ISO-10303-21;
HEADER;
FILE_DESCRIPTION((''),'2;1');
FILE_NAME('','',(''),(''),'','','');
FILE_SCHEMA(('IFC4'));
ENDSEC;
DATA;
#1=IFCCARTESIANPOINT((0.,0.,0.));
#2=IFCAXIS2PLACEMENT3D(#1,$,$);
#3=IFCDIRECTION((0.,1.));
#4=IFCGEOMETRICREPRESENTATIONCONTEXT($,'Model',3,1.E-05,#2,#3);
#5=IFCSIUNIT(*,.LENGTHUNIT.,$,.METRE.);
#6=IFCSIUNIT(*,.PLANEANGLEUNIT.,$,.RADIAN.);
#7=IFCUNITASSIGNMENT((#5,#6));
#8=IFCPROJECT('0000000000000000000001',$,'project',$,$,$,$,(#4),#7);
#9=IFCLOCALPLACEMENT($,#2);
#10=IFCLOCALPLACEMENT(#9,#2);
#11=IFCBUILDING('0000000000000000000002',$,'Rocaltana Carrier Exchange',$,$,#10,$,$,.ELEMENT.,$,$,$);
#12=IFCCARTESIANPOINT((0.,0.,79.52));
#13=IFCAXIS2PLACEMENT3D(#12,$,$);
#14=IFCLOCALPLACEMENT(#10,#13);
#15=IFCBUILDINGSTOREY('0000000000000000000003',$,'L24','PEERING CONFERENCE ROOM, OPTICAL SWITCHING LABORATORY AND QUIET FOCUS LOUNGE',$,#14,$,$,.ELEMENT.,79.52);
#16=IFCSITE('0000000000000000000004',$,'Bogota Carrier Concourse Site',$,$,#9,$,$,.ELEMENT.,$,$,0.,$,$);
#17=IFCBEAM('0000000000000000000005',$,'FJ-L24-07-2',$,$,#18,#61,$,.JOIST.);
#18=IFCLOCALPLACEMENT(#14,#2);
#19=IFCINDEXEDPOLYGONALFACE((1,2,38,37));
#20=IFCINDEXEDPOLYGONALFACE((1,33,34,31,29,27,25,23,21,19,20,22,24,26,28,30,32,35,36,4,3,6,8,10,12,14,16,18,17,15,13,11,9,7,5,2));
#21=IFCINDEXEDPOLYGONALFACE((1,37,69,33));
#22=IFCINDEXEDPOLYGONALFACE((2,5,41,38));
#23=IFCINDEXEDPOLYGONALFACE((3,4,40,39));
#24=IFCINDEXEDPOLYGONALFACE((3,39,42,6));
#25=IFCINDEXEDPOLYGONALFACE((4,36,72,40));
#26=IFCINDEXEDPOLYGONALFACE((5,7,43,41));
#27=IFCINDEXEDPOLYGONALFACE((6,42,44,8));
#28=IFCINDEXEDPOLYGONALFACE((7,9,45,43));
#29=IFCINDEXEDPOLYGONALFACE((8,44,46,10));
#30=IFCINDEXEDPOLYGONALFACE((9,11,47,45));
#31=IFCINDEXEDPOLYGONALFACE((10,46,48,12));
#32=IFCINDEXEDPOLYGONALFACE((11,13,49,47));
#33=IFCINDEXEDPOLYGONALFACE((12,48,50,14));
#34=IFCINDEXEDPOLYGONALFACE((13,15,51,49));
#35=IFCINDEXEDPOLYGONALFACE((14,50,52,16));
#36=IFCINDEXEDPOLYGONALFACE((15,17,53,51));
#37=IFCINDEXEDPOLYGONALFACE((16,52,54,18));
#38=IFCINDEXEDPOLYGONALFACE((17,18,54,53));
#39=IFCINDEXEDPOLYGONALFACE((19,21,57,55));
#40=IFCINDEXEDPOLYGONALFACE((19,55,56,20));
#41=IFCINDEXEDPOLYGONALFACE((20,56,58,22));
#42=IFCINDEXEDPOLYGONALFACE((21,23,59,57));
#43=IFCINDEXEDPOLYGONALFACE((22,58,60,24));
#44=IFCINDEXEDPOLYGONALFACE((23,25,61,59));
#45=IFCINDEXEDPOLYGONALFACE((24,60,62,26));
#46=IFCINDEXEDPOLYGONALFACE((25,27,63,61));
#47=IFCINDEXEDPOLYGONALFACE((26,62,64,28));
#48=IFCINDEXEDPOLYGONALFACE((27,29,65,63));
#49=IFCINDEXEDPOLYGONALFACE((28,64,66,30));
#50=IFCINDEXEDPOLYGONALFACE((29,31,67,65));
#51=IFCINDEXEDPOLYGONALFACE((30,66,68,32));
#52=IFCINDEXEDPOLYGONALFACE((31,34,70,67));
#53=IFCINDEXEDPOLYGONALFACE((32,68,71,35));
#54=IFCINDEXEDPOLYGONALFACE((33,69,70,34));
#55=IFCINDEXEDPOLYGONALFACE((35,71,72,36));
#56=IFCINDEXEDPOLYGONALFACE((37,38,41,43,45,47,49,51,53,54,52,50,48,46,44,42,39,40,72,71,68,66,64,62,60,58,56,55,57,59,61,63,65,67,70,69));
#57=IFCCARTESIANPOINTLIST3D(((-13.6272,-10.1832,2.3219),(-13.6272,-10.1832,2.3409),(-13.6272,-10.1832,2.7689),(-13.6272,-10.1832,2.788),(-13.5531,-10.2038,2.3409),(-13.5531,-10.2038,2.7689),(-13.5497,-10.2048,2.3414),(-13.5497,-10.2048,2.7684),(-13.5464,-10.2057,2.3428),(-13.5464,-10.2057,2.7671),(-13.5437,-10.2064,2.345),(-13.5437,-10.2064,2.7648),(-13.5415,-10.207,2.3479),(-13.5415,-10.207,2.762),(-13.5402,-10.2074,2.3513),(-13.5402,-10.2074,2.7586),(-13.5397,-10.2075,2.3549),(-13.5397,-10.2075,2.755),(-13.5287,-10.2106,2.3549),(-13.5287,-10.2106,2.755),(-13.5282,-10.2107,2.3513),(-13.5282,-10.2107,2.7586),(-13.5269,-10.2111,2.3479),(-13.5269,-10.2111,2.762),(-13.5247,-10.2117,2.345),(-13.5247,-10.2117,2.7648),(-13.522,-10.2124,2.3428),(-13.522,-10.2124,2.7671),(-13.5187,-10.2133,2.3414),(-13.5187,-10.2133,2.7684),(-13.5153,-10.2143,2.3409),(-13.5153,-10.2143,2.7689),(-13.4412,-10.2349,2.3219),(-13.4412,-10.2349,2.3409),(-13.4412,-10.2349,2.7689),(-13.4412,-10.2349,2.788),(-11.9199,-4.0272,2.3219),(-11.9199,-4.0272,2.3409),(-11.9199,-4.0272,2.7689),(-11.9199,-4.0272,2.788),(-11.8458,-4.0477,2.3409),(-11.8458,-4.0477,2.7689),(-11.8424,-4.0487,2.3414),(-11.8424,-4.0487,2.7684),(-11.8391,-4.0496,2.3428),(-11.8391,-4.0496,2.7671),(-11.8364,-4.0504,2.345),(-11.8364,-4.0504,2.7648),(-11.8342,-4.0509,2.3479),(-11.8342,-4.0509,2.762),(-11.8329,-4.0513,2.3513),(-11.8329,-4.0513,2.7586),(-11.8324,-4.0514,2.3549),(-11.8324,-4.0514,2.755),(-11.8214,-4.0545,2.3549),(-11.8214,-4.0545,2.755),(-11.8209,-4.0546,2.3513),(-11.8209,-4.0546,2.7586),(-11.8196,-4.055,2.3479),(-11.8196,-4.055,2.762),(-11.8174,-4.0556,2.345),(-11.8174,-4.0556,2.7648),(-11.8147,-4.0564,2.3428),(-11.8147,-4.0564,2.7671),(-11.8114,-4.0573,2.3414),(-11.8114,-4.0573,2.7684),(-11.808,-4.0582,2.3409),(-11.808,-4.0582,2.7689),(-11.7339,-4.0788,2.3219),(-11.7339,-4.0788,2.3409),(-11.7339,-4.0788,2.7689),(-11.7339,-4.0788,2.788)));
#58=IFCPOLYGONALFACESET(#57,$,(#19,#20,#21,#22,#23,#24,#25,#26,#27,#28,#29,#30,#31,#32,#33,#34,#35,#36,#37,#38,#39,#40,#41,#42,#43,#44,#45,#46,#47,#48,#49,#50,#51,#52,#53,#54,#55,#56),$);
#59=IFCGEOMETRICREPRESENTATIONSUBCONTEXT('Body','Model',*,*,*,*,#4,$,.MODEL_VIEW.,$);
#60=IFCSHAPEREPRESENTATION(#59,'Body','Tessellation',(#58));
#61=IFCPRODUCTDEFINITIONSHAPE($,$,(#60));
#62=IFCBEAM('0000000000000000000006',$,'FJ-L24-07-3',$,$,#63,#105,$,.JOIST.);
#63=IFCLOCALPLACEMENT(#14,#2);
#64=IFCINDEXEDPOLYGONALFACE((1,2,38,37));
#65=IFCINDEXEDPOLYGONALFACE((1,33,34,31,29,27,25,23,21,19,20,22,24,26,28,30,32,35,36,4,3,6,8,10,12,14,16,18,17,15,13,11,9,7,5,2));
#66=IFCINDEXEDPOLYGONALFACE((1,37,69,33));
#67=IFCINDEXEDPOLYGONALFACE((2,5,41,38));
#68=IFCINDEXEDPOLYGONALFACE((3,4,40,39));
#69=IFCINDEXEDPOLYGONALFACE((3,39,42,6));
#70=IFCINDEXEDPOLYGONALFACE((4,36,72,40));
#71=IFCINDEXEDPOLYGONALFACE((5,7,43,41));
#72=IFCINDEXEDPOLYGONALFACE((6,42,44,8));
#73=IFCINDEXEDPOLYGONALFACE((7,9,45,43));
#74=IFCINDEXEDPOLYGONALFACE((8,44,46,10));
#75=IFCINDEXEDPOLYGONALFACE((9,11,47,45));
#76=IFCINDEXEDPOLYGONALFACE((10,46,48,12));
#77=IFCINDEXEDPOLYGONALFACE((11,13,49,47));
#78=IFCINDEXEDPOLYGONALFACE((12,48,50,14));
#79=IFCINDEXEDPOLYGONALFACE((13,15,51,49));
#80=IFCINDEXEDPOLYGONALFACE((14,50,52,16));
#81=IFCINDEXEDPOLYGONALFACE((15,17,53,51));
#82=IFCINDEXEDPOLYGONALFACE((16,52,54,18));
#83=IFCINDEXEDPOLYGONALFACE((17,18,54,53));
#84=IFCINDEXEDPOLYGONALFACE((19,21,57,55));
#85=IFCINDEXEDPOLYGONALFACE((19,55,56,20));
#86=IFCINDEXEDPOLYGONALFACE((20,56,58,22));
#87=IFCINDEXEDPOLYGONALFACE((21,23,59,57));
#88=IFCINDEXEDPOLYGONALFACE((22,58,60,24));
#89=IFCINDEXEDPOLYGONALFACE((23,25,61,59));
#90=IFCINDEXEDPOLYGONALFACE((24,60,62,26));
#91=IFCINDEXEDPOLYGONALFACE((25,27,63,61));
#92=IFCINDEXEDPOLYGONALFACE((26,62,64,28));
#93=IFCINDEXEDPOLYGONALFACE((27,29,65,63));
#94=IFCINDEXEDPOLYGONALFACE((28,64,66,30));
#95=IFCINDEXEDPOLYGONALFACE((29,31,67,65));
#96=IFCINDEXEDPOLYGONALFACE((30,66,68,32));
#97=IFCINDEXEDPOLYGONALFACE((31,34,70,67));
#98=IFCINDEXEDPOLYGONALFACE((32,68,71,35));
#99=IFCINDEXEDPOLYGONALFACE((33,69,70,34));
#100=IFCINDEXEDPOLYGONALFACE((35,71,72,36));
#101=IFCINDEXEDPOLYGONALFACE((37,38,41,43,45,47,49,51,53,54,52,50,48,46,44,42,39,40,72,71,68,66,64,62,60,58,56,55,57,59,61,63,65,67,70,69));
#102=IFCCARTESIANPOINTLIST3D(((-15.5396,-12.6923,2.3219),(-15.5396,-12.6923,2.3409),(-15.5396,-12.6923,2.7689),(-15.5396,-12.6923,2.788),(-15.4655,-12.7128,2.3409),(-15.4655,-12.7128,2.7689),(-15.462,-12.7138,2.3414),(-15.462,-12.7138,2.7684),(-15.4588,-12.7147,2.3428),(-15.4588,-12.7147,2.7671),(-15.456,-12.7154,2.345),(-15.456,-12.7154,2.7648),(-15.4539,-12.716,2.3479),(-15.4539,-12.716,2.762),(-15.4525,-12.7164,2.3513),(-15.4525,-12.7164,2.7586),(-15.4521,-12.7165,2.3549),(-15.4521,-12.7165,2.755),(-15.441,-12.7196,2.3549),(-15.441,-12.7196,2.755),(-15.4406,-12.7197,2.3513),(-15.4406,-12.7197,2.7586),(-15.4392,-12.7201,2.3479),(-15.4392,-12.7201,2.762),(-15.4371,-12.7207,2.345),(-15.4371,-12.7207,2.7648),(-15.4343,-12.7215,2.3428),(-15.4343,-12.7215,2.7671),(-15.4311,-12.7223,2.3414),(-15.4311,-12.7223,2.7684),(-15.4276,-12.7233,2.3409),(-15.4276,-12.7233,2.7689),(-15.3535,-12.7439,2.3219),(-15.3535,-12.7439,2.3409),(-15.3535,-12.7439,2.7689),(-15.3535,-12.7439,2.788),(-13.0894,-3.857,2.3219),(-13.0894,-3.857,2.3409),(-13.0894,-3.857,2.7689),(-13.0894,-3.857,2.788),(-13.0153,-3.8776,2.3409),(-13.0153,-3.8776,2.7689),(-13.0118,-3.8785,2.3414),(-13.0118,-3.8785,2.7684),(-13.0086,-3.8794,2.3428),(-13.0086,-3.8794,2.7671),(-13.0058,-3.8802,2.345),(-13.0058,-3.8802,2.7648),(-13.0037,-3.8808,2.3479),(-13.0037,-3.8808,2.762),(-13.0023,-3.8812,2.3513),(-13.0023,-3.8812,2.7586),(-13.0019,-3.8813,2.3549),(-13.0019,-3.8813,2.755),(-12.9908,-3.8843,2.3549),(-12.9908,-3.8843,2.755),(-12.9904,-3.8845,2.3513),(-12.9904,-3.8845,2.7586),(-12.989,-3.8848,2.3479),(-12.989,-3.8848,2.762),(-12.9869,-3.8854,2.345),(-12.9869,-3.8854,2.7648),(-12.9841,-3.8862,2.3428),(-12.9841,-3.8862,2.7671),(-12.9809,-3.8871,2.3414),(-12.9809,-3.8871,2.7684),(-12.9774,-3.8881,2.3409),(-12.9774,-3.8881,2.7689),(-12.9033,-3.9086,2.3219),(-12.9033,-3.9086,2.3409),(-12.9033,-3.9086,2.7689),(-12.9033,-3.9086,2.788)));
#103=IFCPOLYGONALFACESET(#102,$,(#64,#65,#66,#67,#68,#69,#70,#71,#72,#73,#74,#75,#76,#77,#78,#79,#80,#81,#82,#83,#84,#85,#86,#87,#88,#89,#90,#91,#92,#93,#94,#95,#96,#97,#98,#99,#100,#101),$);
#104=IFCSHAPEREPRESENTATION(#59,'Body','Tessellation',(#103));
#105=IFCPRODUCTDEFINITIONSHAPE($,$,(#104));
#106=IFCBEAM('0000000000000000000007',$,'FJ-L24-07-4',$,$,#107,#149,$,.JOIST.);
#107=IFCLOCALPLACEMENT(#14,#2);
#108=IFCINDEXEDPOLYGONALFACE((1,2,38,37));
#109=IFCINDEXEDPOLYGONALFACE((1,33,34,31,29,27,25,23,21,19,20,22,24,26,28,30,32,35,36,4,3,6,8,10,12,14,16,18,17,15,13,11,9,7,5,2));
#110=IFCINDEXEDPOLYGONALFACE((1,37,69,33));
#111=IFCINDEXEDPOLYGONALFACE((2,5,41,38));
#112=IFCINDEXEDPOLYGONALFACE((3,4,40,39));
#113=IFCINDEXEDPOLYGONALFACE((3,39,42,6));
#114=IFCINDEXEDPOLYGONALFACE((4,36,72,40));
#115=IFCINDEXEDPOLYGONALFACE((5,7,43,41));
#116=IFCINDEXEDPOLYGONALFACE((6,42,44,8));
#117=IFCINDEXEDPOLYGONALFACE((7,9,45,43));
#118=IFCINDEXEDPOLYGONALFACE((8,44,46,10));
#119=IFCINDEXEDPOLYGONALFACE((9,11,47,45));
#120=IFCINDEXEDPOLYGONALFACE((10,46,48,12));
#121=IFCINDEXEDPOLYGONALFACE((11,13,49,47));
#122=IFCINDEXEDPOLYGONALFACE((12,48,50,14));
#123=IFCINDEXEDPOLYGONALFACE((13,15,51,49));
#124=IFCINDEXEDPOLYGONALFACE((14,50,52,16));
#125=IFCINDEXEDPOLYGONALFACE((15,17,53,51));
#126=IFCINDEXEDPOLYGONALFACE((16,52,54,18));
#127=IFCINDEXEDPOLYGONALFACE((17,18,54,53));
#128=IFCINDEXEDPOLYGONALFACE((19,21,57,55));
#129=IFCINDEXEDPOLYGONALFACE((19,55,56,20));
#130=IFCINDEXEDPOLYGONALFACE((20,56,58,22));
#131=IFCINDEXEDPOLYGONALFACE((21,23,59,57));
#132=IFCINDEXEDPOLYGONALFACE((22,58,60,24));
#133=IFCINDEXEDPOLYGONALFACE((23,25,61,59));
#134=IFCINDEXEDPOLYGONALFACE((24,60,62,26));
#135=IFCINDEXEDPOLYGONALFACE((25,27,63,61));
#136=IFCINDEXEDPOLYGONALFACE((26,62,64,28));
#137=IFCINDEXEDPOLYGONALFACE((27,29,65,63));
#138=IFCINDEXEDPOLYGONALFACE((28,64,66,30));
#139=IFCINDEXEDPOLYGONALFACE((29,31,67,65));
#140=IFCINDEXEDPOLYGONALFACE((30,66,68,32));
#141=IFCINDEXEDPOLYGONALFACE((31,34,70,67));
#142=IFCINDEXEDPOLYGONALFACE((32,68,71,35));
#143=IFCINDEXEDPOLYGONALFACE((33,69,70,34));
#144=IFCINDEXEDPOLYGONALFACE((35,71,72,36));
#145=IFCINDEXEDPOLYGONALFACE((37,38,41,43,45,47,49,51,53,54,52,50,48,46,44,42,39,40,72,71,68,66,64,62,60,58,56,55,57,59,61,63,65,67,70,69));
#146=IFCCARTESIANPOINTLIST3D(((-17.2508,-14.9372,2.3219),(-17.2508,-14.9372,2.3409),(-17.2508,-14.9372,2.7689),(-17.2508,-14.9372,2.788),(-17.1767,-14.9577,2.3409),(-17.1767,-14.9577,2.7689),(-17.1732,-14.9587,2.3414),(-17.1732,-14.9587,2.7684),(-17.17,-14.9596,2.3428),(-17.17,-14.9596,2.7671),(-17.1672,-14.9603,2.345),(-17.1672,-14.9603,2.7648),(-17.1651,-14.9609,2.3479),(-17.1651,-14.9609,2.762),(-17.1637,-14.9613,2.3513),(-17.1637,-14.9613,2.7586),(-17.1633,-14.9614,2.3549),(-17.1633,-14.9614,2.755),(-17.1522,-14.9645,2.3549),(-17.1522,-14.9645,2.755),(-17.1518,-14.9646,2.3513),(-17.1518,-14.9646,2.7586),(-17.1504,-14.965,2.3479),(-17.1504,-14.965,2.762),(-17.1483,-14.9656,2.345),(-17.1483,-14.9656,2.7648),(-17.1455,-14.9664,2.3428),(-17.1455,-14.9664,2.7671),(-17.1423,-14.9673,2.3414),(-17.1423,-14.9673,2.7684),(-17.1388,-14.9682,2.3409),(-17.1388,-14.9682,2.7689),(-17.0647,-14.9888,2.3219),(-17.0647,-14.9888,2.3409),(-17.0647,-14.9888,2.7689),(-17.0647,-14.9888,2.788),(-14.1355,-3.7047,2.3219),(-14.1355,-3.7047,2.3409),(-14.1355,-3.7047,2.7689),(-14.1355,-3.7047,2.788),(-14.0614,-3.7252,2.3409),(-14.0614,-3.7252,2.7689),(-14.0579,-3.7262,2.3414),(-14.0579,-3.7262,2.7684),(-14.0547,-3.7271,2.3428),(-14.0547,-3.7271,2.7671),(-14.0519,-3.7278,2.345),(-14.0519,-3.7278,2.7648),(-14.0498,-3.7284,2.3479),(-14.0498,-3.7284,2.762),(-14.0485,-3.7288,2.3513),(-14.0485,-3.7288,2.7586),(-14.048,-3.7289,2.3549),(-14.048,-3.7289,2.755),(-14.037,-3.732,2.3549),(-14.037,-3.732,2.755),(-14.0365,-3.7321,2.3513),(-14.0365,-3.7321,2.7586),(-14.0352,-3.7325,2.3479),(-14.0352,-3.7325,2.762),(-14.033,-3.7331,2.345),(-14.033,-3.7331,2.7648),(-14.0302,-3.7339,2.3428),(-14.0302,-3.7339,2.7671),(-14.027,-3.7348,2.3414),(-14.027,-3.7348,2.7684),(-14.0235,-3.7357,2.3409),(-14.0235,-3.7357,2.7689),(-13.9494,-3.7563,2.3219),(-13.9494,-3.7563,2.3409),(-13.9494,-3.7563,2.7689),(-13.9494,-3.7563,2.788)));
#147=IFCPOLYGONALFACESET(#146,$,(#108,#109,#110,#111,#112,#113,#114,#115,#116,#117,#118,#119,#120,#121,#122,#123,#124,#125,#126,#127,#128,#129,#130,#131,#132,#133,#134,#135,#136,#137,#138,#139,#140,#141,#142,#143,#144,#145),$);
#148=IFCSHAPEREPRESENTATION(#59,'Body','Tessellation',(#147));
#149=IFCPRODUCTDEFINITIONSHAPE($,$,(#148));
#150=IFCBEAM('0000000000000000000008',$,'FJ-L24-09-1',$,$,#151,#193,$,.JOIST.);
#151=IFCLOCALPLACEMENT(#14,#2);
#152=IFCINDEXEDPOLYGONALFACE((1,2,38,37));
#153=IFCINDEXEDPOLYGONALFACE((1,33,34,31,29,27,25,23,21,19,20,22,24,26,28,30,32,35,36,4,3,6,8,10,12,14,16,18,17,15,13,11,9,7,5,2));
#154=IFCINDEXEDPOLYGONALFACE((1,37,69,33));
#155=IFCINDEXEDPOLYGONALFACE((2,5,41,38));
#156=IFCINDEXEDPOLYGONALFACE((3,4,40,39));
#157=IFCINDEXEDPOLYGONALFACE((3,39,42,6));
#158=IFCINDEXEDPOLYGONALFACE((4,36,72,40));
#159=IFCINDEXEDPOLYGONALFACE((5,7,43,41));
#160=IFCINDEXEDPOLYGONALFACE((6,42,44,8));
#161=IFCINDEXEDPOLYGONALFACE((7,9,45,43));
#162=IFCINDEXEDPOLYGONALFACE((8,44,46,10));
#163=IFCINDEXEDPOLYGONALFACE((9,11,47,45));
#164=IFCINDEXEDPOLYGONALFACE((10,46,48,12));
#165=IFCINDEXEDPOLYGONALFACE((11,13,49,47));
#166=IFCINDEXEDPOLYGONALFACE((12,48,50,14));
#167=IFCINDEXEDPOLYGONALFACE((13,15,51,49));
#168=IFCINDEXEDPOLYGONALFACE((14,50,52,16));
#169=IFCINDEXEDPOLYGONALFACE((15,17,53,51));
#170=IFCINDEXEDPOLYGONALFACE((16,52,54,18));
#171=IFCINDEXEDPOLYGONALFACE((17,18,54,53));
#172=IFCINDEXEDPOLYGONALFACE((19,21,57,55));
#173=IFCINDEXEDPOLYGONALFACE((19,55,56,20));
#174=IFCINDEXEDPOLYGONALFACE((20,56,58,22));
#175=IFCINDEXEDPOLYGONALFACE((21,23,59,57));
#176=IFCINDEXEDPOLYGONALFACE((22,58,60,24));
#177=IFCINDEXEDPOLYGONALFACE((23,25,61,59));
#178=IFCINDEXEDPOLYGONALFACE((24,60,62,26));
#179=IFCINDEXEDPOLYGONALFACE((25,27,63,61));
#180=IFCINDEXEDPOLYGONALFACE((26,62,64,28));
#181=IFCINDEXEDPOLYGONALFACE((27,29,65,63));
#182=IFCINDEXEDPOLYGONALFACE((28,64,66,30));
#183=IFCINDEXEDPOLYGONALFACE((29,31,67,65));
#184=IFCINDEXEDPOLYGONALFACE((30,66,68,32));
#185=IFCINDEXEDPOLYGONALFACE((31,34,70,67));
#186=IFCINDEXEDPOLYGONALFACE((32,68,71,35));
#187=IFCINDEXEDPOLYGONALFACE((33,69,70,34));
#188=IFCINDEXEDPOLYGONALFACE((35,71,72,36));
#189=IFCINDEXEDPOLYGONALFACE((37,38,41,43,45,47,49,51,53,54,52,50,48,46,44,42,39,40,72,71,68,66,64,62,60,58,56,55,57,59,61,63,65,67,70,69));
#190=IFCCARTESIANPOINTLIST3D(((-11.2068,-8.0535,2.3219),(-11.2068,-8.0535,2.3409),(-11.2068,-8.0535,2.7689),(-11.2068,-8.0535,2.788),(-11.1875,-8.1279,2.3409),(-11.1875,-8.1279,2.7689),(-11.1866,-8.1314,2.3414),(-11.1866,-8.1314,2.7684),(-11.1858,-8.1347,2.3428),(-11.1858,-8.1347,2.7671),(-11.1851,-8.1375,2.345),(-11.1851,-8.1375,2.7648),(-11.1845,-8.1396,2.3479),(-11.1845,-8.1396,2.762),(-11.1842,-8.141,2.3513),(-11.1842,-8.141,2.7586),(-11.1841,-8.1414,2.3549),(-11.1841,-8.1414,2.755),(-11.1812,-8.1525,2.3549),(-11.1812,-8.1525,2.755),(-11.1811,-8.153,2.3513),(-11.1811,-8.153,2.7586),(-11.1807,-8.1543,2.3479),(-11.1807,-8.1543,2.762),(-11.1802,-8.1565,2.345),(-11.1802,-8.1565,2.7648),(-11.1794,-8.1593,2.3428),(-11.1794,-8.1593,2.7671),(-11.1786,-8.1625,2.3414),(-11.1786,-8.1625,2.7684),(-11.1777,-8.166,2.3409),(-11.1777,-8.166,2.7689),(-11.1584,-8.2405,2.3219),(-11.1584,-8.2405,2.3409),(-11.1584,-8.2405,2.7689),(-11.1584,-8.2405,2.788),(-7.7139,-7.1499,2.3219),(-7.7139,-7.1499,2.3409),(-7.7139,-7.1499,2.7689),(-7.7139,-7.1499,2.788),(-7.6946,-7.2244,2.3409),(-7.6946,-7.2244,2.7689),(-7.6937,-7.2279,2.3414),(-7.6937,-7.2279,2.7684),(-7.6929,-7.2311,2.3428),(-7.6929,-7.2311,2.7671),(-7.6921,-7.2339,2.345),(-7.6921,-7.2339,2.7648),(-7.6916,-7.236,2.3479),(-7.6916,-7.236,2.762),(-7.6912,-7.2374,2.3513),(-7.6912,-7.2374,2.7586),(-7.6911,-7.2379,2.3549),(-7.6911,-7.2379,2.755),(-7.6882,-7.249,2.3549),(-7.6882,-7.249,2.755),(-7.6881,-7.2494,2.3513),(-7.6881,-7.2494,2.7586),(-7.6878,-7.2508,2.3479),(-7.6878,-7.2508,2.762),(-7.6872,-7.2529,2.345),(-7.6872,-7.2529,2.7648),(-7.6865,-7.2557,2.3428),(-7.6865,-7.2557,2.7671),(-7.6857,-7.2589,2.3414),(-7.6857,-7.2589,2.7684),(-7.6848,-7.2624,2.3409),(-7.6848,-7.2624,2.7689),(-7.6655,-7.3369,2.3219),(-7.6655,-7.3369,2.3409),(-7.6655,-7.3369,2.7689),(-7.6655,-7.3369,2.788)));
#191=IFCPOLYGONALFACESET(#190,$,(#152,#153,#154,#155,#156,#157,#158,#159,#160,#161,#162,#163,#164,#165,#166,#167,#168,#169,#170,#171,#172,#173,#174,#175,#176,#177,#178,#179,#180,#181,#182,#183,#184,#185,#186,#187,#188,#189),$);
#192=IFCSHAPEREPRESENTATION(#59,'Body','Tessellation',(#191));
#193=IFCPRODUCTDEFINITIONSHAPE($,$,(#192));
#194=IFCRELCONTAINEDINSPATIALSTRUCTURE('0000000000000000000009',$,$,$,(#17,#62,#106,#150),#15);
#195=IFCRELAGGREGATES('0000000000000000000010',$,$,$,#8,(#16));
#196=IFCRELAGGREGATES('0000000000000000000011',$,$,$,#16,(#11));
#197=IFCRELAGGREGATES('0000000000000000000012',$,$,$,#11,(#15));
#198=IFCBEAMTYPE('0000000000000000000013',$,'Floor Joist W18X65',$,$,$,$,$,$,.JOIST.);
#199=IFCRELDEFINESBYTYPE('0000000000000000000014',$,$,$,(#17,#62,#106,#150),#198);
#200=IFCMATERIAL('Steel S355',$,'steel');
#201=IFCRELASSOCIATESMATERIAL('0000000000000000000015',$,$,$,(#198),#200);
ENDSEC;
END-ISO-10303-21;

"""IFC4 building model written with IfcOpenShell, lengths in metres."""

from ifc_helpers import new_model, si_unit, direction, frame, origin, origin_2d, place, context, subcontext, project, spatial, i_section, extrude, material, material_profile, profile_set, type_object, element, save


model = new_model("IFC4")

# Units and contexts
model_context = context("Model", 3, precision=1e-05, world=origin(), true_north=direction((0.0, 1.0)))
body_context = subcontext(model_context, "Body", "Model", "MODEL_VIEW")
ifc_project = project(units=[si_unit("LENGTHUNIT", "METRE"), si_unit("PLANEANGLEUNIT", "RADIAN")], contexts=[model_context])

# Site, building, storey
site_placement = place(None, origin())
site = spatial("IfcSite", under=ifc_project, at=site_placement, Name="Bogota Carrier Concourse Site", CompositionType="ELEMENT", RefElevation=0.0)
building_placement = place(site_placement, origin())
building = spatial("IfcBuilding", under=site, at=building_placement, Name="Rocaltana Carrier Exchange", CompositionType="ELEMENT")
storey_placement = place(building_placement, frame((0.0, 0.0, 79.52)))
storey = spatial("IfcBuildingStorey", under=building, at=storey_placement, Name="L24", Description="PEERING CONFERENCE ROOM, OPTICAL SWITCHING LABORATORY AND QUIET FOCUS LOUNGE", CompositionType="ELEMENT", Elevation=79.52)

# Beams
ifc_material_1 = material(Name="Steel S355", Category="steel")
ifc_material_profile_1 = material_profile(ifc_material_1, i_section(OverallWidth=0.1931, OverallDepth=0.4661, WebThickness=0.0115, FlangeThickness=0.019, FilletRadius=0.0139, at=origin_2d()), Name="W18X65")
ifc_profile_set_1 = profile_set([ifc_material_profile_1], Name="Steel S355")
beam_type_1 = type_object("IfcBeamType", Name="Floor Joist W18X65", PredefinedType="JOIST", material=ifc_profile_set_1)
beam_1_placement = place(storey_placement, frame((-11.8269, -4.053, 2.5549), z_axis=(-0.267248, -0.963628, 0.0), x_axis=(0.963628, -0.267248, 0.0)))
element("IfcBeam", 1, at=beam_1_placement, inside=storey, type_object=beam_type_1, Name="FJ-L24-07-2", PredefinedType="JOIST", context=body_context, shape_type="SweptSolid", body=[
    extrude(i_section(OverallWidth=0.1931, OverallDepth=0.4661, WebThickness=0.0115, FlangeThickness=0.019, FilletRadius=0.0139, at=origin_2d()), origin(), (0.0, 0.0, 1.0), 6.3884),
])
beam_2_placement = place(storey_placement, frame((-12.9963, -3.8828, 2.5549), z_axis=(-0.267236, -0.963631, 0.0), x_axis=(0.963631, -0.267236, 0.0)))
element("IfcBeam", 2, at=beam_2_placement, inside=storey, type_object=beam_type_1, Name="FJ-L24-07-3", PredefinedType="JOIST", context=body_context, shape_type="SweptSolid", body=[
    extrude(i_section(OverallWidth=0.1931, OverallDepth=0.4661, WebThickness=0.0115, FlangeThickness=0.019, FilletRadius=0.0139, at=origin_2d()), origin(), (0.0, 0.0, 1.0), 9.1687),
])
beam_3_placement = place(storey_placement, frame((-14.0425, -3.7305, 2.5549), z_axis=(-0.267255, -0.963626, 0.0), x_axis=(0.963626, -0.267255, 0.0)))
element("IfcBeam", 3, at=beam_3_placement, inside=storey, type_object=beam_type_1, Name="FJ-L24-07-4", PredefinedType="JOIST", context=body_context, shape_type="SweptSolid", body=[
    extrude(i_section(OverallWidth=0.1931, OverallDepth=0.4661, WebThickness=0.0115, FlangeThickness=0.019, FilletRadius=0.0139, at=origin_2d()), origin(), (0.0, 0.0, 1.0), 11.6565),
])
beam_4_placement = place(storey_placement, frame((-11.1826, -8.147, 2.5549), z_axis=(0.968132, 0.250441, 0.0), x_axis=(-0.250441, 0.968132, 0.0)))
element("IfcBeam", 4, at=beam_4_placement, inside=storey, type_object=beam_type_1, Name="FJ-L24-09-1", PredefinedType="JOIST", context=body_context, shape_type="SweptSolid", body=[
    extrude(i_section(OverallWidth=0.1931, OverallDepth=0.4661, WebThickness=0.0115, FlangeThickness=0.019, FilletRadius=0.0139, at=origin_2d()), origin(), (0.0, 0.0, 1.0), 3.6079),
])

save(model, "model.ifc")
